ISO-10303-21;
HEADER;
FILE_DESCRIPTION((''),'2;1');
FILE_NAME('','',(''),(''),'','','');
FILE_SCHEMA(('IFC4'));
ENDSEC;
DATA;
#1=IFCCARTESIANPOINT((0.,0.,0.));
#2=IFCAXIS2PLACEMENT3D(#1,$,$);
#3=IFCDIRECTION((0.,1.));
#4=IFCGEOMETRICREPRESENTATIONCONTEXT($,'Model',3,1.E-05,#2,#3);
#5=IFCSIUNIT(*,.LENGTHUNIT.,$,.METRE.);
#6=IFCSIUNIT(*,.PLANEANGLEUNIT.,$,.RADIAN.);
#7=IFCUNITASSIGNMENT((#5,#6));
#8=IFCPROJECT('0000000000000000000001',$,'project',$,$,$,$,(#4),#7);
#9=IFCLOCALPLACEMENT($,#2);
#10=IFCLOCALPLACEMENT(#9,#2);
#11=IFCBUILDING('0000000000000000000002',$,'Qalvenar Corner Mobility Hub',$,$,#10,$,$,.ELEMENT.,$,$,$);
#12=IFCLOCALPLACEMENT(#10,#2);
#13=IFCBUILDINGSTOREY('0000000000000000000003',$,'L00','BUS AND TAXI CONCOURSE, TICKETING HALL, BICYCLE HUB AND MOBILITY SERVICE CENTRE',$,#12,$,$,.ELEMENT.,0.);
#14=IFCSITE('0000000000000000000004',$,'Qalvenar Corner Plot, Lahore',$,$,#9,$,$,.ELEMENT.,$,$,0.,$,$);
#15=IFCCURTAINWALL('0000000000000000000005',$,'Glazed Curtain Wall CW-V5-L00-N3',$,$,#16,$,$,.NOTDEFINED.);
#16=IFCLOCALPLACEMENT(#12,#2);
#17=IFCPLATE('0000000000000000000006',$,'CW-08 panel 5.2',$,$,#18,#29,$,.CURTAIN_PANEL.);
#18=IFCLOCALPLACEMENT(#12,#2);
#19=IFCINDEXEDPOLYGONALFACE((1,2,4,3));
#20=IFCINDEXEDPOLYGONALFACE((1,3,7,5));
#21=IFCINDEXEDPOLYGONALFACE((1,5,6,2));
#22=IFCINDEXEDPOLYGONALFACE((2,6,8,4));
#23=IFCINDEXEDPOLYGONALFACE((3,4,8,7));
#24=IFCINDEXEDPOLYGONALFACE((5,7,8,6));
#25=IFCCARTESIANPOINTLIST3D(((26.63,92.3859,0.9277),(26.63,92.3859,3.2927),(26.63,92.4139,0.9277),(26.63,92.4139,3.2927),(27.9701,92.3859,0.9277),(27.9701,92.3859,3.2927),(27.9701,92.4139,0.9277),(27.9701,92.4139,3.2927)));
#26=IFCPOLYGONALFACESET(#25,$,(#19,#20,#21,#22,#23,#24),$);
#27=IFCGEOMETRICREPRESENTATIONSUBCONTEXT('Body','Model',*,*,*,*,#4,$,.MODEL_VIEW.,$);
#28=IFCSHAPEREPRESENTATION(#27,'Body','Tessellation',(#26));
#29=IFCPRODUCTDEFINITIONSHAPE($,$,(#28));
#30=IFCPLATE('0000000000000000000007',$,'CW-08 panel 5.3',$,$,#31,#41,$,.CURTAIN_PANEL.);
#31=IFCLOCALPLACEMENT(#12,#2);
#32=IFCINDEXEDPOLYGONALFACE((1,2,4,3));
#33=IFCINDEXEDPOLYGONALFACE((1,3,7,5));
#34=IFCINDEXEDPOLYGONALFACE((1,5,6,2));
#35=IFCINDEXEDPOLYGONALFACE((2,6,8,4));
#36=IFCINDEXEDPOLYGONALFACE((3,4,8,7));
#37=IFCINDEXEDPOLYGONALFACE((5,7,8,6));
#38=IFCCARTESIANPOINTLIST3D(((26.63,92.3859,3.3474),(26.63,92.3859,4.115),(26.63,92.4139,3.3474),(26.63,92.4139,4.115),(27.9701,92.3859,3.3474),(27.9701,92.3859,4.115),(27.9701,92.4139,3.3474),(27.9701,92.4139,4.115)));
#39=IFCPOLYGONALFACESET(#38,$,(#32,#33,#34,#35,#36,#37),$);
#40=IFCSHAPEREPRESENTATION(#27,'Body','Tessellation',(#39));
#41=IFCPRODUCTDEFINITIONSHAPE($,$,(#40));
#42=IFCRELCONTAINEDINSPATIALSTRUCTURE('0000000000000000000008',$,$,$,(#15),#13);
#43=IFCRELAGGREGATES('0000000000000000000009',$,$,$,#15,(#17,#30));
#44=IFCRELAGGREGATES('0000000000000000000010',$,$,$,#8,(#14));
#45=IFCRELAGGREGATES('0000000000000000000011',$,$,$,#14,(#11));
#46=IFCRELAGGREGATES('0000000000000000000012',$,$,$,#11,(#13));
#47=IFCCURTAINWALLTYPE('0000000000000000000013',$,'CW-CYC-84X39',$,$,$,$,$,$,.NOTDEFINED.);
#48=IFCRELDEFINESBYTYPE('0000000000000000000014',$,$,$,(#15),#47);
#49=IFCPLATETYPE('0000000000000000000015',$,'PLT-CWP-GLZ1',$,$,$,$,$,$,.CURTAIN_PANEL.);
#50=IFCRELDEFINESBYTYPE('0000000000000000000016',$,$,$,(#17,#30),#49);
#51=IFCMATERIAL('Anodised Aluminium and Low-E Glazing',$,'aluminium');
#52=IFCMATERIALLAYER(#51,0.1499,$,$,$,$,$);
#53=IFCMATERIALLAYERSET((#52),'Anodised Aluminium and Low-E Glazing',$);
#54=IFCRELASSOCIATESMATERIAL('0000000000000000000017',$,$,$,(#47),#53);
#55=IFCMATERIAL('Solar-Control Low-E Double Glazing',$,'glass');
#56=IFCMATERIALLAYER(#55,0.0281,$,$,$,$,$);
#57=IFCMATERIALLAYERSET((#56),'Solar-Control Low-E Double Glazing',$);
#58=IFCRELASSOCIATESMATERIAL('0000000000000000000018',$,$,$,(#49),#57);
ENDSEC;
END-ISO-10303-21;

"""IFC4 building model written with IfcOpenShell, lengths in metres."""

from ifc_helpers import new_model, si_unit, direction, frame, origin, origin_2d, place, context, subcontext, project, spatial, rectangle, extrude, material, layer, layer_set, type_object, element, aggregate, save


model = new_model("IFC4")

# Units and contexts
model_context = context("Model", 3, precision=1e-05, world=origin(), true_north=direction((0.0, 1.0)))
body_context = subcontext(model_context, "Body", "Model", "MODEL_VIEW")
ifc_project = project(units=[si_unit("LENGTHUNIT", "METRE"), si_unit("PLANEANGLEUNIT", "RADIAN")], contexts=[model_context])

# Site, building, storey
site_placement = place(None, origin())
site = spatial("IfcSite", under=ifc_project, at=site_placement, Name="Qalvenar Corner Plot, Lahore", CompositionType="ELEMENT", RefElevation=0.0)
building_placement = place(site_placement, origin())
building = spatial("IfcBuilding", under=site, at=building_placement, Name="Qalvenar Corner Mobility Hub", CompositionType="ELEMENT")
storey_placement = place(building_placement, origin())
storey = spatial("IfcBuildingStorey", under=building, at=storey_placement, Name="L00", Description="BUS AND TAXI CONCOURSE, TICKETING HALL, BICYCLE HUB AND MOBILITY SERVICE CENTRE", CompositionType="ELEMENT", Elevation=0.0)

# Curtain wall, plates
ifc_material_1 = material(Name="Anodised Aluminium and Low-E Glazing", Category="aluminium")
ifc_layer_1 = layer(ifc_material_1, 0.1499)
ifc_layer_set_1 = layer_set([ifc_layer_1], Name="Anodised Aluminium and Low-E Glazing")
curtain_wall_type = type_object("IfcCurtainWallType", Name="CW-CYC-84X39", PredefinedType="NOTDEFINED", material=ifc_layer_set_1)
curtain_wall_placement = place(storey_placement, origin())
curtain_wall = element("IfcCurtainWall", 1, at=curtain_wall_placement, inside=storey, type_object=curtain_wall_type, Name="Glazed Curtain Wall CW-V5-L00-N3", PredefinedType="NOTDEFINED")
ifc_material_2 = material(Name="Solar-Control Low-E Double Glazing", Category="glass")
ifc_layer_2 = layer(ifc_material_2, 0.0281)
ifc_layer_set_2 = layer_set([ifc_layer_2], Name="Solar-Control Low-E Double Glazing")
plate_type = type_object("IfcPlateType", Name="PLT-CWP-GLZ1", PredefinedType="CURTAIN_PANEL", material=ifc_layer_set_2)
plate_1_placement = place(storey_placement, frame((27.3, 92.3999, 0.9277), z_axis=(0.0, 0.0, 1.0), x_axis=(-1.0, 0.0, 0.0)))
plate_1 = element("IfcPlate", 2, at=plate_1_placement, type_object=plate_type, Name="CW-08 panel 5.2", PredefinedType="CURTAIN_PANEL", context=body_context, shape_type="SweptSolid", body=[
    extrude(rectangle(XDim=1.3401, YDim=0.0281, at=origin_2d()), origin(), (0.0, 0.0, 1.0), 2.365),
])
plate_2_placement = place(storey_placement, frame((27.3, 92.3999, 3.3474), z_axis=(0.0, 0.0, 1.0), x_axis=(-1.0, 0.0, 0.0)))
plate_2 = element("IfcPlate", 3, at=plate_2_placement, type_object=plate_type, Name="CW-08 panel 5.3", PredefinedType="CURTAIN_PANEL", context=body_context, shape_type="SweptSolid", body=[
    extrude(rectangle(XDim=1.3401, YDim=0.0281, at=origin_2d()), origin(), (0.0, 0.0, 1.0), 0.7676),
])
aggregate(curtain_wall, [plate_1, plate_2])

save(model, "model.ifc")
